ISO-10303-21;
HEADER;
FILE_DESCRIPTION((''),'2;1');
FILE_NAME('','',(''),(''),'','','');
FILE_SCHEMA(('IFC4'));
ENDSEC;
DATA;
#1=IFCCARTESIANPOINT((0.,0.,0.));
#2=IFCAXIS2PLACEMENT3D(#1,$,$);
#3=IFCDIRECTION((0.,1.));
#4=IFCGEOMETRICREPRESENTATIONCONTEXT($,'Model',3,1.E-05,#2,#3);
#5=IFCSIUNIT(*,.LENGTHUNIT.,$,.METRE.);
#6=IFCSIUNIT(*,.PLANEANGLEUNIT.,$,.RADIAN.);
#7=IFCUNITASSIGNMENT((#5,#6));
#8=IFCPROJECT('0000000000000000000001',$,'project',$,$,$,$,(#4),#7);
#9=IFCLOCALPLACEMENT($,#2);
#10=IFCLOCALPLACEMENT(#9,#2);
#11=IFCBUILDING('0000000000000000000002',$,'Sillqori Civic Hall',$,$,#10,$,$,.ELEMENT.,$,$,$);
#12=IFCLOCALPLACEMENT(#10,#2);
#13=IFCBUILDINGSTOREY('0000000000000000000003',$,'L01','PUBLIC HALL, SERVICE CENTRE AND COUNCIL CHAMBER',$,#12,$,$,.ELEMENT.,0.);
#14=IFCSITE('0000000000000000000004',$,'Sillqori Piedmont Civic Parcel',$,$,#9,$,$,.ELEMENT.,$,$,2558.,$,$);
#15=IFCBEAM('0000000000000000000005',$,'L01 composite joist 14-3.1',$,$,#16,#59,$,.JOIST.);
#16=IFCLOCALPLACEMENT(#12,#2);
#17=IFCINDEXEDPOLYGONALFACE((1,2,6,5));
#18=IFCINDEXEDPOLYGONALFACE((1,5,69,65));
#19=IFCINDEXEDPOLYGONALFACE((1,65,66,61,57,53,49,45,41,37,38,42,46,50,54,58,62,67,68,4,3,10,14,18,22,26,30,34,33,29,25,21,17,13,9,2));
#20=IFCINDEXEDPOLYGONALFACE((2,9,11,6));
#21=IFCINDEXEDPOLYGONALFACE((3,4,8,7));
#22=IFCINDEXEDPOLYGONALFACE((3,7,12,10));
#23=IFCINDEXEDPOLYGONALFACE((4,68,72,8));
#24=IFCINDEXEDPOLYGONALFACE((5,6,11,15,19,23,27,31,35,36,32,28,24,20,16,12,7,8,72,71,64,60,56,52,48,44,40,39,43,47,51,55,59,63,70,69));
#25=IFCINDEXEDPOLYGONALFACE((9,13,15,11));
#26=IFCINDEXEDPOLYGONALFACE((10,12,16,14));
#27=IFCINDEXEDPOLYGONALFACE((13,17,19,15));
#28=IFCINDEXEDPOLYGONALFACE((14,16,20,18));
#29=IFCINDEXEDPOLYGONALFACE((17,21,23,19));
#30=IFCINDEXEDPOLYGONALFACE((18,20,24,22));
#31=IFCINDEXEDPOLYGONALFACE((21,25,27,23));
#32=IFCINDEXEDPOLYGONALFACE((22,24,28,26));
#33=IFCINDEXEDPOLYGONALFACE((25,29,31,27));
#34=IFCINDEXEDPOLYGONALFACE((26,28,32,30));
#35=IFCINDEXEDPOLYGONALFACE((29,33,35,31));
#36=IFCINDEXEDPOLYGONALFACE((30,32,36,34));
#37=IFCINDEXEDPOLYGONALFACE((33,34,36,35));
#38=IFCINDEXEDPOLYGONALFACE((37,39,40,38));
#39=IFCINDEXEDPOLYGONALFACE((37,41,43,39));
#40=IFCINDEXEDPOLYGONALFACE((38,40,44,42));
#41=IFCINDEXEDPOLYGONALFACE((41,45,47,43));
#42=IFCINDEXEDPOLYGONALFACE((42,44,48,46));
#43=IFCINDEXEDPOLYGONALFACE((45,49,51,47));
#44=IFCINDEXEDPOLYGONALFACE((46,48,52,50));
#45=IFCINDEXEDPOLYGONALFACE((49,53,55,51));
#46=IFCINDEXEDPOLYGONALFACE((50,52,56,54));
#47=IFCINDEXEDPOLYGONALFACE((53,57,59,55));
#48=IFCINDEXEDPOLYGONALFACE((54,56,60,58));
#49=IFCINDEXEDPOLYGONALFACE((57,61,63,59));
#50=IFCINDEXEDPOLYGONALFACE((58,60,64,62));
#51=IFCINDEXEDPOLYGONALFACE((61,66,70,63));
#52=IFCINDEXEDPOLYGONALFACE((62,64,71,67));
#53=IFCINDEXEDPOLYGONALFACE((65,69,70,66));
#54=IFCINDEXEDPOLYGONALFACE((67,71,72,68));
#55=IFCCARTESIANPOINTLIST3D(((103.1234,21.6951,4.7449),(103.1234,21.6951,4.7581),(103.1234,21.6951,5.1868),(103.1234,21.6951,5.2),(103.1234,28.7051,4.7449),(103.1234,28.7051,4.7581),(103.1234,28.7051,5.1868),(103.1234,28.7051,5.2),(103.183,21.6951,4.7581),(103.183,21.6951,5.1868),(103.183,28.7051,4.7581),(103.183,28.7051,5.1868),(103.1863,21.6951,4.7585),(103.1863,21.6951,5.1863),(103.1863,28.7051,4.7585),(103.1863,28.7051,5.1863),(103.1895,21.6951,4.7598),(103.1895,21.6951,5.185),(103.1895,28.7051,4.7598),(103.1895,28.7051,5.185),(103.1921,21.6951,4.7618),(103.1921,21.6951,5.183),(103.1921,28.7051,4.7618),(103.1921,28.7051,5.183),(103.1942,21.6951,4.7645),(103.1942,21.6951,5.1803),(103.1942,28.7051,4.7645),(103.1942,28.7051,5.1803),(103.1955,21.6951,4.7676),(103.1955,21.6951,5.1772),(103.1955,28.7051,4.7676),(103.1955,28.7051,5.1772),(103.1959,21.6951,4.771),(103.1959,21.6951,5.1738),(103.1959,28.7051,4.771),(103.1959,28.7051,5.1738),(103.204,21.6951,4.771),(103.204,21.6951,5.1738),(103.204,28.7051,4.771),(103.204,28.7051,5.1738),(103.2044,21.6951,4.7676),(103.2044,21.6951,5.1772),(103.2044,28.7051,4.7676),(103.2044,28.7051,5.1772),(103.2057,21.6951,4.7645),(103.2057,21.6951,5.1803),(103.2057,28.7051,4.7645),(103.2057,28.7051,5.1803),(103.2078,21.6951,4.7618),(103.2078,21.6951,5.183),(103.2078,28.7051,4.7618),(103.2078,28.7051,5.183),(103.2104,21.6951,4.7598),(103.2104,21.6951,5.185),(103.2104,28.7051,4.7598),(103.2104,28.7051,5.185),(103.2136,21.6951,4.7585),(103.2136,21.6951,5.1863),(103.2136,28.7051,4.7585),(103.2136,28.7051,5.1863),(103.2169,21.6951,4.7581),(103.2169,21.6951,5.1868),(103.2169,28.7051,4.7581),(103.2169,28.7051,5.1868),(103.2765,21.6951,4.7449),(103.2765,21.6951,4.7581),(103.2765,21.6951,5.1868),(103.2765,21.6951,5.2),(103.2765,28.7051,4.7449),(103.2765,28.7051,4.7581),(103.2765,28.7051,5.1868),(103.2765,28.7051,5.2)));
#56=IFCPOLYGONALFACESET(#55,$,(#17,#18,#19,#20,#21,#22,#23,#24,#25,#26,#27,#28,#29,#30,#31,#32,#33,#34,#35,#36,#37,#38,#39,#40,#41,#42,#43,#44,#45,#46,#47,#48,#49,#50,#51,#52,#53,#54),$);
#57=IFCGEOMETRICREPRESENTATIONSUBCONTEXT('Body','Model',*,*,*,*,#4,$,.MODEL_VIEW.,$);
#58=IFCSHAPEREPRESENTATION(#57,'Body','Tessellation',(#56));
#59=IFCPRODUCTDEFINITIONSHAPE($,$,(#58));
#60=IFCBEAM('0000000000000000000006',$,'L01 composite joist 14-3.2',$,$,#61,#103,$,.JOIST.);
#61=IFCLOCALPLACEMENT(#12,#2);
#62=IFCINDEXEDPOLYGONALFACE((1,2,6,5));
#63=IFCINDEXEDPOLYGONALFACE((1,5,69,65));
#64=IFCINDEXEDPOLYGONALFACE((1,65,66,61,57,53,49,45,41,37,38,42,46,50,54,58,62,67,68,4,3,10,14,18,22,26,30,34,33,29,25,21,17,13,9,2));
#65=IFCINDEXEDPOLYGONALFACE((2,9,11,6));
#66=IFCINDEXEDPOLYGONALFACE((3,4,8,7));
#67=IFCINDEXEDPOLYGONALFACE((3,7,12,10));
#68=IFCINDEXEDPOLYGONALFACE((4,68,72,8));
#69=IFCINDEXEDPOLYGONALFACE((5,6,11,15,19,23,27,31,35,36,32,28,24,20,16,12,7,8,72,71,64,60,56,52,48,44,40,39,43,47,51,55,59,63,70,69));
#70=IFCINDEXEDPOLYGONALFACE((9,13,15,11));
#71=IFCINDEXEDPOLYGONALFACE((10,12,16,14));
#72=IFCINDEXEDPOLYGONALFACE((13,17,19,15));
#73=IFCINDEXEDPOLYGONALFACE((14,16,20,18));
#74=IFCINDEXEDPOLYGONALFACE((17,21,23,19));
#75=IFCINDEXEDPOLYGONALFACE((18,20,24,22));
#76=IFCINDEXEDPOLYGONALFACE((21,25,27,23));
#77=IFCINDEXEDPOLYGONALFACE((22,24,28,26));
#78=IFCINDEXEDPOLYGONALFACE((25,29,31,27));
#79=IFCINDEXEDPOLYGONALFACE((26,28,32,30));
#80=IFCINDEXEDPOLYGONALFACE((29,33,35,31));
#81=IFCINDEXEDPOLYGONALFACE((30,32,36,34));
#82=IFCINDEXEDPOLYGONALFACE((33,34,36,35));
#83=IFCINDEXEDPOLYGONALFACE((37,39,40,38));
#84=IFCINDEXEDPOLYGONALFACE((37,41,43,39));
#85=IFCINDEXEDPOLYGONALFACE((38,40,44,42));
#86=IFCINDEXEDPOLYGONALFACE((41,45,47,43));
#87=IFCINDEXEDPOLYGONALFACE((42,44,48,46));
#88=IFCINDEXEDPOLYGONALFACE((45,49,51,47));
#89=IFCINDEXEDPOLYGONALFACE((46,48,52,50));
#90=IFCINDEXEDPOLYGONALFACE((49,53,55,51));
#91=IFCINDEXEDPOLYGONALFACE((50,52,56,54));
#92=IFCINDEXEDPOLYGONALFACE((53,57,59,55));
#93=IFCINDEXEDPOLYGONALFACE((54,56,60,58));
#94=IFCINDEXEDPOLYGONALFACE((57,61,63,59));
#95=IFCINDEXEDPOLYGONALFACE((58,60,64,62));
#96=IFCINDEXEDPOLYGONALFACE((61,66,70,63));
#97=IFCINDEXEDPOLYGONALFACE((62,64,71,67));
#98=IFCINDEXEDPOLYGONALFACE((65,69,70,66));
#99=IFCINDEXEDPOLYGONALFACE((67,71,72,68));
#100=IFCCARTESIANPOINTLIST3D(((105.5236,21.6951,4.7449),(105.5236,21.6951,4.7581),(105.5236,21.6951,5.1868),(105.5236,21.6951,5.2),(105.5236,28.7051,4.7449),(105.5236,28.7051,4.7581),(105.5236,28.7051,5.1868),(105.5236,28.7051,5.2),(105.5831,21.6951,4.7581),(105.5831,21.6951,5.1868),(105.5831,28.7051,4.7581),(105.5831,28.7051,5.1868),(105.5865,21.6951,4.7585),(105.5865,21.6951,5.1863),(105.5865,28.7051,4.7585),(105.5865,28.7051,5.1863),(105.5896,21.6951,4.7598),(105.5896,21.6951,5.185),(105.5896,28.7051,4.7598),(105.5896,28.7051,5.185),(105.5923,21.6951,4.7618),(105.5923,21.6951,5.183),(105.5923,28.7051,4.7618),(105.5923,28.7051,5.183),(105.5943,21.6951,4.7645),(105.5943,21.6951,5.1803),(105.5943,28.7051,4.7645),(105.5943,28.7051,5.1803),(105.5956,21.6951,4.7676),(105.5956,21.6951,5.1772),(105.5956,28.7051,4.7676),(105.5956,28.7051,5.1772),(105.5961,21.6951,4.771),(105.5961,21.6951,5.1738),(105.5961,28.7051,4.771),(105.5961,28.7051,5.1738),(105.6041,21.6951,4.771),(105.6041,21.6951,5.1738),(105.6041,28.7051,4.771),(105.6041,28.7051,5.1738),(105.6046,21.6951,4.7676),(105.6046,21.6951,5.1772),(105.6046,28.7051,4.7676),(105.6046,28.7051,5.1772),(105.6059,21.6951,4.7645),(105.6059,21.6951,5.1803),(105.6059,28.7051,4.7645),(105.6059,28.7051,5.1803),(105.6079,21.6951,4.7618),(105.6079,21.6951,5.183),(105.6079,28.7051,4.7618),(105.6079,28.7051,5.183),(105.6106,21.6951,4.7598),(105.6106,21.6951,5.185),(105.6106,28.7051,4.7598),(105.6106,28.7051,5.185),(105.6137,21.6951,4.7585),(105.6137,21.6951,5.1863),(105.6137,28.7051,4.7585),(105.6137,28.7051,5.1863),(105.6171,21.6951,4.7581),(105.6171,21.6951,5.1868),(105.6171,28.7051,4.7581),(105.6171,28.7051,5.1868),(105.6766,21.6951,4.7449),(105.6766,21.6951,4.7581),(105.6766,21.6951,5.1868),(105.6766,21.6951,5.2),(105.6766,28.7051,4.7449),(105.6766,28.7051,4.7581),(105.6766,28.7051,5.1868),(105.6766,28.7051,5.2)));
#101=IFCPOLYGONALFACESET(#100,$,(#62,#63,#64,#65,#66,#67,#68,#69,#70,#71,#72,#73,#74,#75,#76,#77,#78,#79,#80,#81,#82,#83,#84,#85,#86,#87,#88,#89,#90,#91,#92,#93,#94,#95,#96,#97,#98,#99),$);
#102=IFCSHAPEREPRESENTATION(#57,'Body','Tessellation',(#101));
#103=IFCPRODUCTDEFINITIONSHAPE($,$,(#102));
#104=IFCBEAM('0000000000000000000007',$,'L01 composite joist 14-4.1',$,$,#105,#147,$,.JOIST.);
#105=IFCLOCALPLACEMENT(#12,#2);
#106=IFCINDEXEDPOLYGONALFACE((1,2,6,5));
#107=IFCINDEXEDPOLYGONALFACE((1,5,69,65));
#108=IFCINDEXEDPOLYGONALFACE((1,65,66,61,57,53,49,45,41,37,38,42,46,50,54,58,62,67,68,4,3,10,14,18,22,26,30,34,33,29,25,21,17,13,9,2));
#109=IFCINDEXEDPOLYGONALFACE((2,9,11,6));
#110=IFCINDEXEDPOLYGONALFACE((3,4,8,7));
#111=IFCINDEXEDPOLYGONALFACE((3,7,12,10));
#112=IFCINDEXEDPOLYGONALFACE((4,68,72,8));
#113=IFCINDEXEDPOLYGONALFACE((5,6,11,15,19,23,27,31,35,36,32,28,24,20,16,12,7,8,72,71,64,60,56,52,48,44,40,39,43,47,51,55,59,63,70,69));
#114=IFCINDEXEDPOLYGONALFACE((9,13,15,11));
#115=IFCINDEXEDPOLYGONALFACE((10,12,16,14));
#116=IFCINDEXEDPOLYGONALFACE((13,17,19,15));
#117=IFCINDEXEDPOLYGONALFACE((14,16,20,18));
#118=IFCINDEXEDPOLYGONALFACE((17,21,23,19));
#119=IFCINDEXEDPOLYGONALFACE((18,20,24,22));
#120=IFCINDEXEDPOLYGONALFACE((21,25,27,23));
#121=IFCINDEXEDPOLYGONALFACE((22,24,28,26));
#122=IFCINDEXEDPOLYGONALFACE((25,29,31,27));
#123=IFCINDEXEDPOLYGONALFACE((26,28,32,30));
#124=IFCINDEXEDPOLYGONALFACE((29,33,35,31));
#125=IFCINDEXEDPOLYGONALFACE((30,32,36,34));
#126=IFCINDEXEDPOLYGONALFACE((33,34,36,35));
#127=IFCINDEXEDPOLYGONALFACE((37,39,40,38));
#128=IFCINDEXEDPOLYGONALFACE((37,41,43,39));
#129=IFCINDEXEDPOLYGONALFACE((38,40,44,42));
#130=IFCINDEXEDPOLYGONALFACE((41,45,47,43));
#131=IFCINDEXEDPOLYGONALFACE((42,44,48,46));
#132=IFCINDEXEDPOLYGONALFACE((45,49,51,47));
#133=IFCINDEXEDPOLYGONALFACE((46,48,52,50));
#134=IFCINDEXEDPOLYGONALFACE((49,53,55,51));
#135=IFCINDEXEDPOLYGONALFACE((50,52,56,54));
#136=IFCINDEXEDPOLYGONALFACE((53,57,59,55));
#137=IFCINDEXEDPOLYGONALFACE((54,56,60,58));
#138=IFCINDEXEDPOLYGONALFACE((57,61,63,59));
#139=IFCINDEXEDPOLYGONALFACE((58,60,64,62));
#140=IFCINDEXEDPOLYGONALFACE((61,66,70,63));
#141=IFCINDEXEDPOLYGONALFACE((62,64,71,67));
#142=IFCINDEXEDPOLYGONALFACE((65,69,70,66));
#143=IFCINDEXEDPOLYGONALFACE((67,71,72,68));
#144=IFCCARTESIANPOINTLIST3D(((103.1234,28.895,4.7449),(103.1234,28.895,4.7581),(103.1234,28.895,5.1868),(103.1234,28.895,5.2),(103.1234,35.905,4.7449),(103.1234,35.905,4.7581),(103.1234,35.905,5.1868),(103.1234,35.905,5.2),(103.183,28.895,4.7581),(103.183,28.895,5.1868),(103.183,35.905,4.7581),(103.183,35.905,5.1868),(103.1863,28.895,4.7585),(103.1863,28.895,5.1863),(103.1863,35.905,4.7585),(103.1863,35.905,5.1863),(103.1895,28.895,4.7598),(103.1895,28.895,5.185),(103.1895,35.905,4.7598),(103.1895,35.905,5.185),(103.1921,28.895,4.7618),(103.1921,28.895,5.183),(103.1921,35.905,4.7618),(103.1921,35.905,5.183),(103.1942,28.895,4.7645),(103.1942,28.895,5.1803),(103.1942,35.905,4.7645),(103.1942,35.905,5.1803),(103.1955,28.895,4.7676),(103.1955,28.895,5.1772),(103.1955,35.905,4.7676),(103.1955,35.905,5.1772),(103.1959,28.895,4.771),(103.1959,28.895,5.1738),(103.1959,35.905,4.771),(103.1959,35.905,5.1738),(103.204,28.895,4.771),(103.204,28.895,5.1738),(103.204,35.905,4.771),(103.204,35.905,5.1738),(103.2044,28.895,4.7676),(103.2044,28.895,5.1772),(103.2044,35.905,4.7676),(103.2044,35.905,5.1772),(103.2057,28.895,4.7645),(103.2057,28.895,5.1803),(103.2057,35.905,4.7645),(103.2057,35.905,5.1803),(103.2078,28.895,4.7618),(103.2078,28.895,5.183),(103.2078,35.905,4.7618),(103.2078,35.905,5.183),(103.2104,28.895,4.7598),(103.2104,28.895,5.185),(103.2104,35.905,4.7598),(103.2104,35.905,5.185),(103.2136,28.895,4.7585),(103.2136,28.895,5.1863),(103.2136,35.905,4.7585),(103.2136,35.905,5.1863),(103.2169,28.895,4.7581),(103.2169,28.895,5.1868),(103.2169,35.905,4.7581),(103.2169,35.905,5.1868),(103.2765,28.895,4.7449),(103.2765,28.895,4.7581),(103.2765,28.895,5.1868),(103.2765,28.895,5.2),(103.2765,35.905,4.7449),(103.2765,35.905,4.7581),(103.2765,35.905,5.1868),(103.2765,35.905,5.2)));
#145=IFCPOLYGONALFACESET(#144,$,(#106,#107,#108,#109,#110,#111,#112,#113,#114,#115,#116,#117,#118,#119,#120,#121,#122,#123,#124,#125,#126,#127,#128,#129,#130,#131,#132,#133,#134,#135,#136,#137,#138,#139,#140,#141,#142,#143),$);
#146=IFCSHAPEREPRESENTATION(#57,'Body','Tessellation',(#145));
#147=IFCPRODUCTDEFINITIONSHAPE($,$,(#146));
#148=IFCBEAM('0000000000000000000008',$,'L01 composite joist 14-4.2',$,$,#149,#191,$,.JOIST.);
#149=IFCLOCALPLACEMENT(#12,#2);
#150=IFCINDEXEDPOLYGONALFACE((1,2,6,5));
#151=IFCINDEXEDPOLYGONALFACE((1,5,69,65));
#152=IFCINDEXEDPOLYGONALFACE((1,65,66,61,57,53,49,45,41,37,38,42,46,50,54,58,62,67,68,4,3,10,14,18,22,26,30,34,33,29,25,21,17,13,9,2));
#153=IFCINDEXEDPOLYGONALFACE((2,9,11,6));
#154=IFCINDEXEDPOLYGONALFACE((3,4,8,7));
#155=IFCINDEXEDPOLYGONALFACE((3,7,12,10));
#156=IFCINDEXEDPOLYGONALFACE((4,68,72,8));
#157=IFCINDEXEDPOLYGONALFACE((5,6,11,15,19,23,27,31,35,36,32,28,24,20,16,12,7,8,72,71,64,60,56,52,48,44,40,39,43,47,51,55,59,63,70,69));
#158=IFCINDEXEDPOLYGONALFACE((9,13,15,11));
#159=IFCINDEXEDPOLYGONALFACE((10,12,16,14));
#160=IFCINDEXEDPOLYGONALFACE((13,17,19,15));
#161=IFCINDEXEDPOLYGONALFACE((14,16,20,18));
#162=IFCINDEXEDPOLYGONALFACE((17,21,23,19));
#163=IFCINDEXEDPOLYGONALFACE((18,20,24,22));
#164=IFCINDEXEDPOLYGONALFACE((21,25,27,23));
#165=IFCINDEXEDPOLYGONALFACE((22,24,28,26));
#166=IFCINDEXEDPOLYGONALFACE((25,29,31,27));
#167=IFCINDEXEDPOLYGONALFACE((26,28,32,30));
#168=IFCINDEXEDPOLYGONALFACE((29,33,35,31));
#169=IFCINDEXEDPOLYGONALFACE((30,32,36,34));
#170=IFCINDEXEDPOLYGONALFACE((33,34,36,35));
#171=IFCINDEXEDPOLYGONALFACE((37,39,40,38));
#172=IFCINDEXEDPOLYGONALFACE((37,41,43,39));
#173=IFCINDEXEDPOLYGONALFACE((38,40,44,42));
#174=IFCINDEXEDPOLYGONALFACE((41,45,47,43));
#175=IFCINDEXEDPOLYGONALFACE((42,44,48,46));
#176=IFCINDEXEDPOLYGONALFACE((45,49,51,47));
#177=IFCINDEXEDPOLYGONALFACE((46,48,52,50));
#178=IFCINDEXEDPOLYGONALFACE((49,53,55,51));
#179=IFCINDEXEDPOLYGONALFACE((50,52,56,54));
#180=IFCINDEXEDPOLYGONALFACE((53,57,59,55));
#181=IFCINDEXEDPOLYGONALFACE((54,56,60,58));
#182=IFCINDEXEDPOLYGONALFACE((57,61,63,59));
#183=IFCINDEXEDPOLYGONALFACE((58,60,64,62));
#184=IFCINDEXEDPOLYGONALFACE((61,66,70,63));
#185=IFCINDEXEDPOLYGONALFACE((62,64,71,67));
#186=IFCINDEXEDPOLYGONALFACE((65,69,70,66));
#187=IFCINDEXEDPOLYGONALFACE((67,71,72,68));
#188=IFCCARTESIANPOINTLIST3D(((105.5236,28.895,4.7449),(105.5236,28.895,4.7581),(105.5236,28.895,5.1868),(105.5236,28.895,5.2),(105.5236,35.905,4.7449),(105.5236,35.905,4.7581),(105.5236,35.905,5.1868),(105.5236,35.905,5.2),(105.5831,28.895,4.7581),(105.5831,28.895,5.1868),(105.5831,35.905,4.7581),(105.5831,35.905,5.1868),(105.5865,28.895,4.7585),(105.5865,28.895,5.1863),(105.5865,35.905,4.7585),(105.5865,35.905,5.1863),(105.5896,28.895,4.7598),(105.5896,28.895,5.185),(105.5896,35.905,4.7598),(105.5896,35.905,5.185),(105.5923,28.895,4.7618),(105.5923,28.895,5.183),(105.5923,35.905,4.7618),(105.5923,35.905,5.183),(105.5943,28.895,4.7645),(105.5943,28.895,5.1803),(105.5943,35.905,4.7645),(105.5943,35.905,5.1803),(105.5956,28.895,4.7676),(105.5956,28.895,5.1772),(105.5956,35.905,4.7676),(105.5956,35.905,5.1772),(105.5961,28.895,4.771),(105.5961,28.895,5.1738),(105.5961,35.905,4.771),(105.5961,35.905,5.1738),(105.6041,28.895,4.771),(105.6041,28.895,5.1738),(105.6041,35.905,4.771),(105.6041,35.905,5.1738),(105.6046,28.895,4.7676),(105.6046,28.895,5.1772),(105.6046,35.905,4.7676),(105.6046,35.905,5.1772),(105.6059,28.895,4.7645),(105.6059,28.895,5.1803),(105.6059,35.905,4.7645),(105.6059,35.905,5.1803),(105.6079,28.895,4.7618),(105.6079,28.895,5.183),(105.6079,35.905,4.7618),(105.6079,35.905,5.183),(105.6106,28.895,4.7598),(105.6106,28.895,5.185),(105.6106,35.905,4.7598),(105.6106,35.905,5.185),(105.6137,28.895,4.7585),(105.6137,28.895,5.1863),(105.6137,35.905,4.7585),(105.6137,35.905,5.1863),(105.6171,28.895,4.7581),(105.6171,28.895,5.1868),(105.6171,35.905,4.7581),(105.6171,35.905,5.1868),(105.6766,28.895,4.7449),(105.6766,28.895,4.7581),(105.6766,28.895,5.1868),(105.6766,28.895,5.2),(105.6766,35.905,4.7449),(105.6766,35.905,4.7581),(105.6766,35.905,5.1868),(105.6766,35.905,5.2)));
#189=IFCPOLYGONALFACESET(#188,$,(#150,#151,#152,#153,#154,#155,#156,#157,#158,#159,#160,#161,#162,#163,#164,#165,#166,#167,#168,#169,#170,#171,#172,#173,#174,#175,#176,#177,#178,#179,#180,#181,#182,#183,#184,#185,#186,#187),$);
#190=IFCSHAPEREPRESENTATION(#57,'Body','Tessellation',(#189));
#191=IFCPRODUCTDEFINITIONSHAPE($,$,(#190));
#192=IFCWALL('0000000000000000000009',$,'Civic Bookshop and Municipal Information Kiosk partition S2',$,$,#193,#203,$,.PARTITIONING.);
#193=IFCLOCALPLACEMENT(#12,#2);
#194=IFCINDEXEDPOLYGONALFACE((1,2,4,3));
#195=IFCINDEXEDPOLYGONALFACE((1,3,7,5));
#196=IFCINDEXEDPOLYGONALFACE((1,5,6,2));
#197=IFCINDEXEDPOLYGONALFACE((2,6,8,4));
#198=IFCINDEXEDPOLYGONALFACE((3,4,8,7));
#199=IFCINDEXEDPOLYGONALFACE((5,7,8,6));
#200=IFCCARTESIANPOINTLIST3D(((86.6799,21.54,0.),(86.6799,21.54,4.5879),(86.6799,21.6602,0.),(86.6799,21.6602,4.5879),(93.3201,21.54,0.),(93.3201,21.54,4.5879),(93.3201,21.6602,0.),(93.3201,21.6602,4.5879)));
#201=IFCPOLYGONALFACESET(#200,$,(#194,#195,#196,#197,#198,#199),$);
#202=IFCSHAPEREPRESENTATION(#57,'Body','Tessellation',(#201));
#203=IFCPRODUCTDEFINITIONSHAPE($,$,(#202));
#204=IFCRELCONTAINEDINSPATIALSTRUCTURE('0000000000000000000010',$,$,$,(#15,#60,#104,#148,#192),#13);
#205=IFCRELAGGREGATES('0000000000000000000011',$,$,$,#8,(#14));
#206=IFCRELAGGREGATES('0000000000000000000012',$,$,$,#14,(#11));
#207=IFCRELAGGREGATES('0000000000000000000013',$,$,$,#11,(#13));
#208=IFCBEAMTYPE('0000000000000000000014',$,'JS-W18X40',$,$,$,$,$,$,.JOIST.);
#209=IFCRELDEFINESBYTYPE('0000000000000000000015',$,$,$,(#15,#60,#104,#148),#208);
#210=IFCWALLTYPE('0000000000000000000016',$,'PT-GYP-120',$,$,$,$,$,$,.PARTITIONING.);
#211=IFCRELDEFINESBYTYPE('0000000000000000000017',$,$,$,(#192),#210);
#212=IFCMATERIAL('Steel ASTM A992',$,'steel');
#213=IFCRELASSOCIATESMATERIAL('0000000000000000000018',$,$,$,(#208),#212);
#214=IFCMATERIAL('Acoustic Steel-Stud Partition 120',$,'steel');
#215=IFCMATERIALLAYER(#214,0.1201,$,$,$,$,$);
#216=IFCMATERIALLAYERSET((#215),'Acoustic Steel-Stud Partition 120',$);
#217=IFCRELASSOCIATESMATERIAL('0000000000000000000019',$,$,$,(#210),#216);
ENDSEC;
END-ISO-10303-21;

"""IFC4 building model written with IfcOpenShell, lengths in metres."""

from ifc_helpers import new_model, si_unit, direction, frame, frame_2d, origin, origin_2d, place, context, subcontext, project, spatial, rectangle, i_section, extrude, material, layer, layer_set, material_profile, profile_set, type_object, element, save


model = new_model("IFC4")

# Units and contexts
model_context = context("Model", 3, precision=1e-05, world=origin(), true_north=direction((0.0, 1.0)))
body_context = subcontext(model_context, "Body", "Model", "MODEL_VIEW")
ifc_project = project(units=[si_unit("LENGTHUNIT", "METRE"), si_unit("PLANEANGLEUNIT", "RADIAN")], contexts=[model_context])

# Site, building, storey
site_placement = place(None, origin())
site = spatial("IfcSite", under=ifc_project, at=site_placement, Name="Sillqori Piedmont Civic Parcel", CompositionType="ELEMENT", RefElevation=2558.0)
building_placement = place(site_placement, origin())
building = spatial("IfcBuilding", under=site, at=building_placement, Name="Sillqori Civic Hall", CompositionType="ELEMENT")
storey_placement = place(building_placement, origin())
storey = spatial("IfcBuildingStorey", under=building, at=storey_placement, Name="L01", Description="PUBLIC HALL, SERVICE CENTRE AND COUNCIL CHAMBER", CompositionType="ELEMENT", Elevation=0.0)

# Shared definitions
ifc_material_1 = material(Name="Steel ASTM A992", Category="steel")

# Beams
ifc_material_profile_1 = material_profile(ifc_material_1, i_section(OverallWidth=0.1531, OverallDepth=0.4551, WebThickness=0.0081, FlangeThickness=0.0132, FilletRadius=0.0129, at=origin_2d()), Name="W18X40")
ifc_profile_set_1 = profile_set([ifc_material_profile_1], Name="Steel ASTM A992")
beam_type_1 = type_object("IfcBeamType", Name="JS-W18X40", PredefinedType="JOIST", material=ifc_profile_set_1)
for number, where, z_axis, x_axis, name in (
    (1, (103.2, 21.6951, 4.9724), (0.0, 1.0, 0.0), (-1.0, 0.0, 0.0), "L01 composite joist 14-3.1"),
    (2, (105.6001, 21.6951, 4.9724), (0.0, 1.0, 0.0), (-1.0, 0.0, 0.0), "L01 composite joist 14-3.2"),
    (3, (103.2, 28.895, 4.9724), (0.0, 1.0, 0.0), (-1.0, 0.0, 0.0), "L01 composite joist 14-4.1"),
    (4, (105.6001, 28.895, 4.9724), (0.0, 1.0, 0.0), (-1.0, 0.0, 0.0), "L01 composite joist 14-4.2"),
):
    element("IfcBeam", number, at=place(storey_placement, frame(where, z_axis=z_axis, x_axis=x_axis)), inside=storey, type_object=beam_type_1, Name=name, PredefinedType="JOIST", context=body_context, shape_type="SweptSolid", body=[
        extrude(i_section(OverallWidth=0.1531, OverallDepth=0.4551, WebThickness=0.0081, FlangeThickness=0.0132, FilletRadius=0.0129, at=origin_2d()), origin(), (0.0, 0.0, 1.0), 7.01),
    ])

# Wall
ifc_material_2 = material(Name="Acoustic Steel-Stud Partition 120", Category="steel")
ifc_layer_1 = layer(ifc_material_2, 0.1201)
ifc_layer_set_1 = layer_set([ifc_layer_1], Name="Acoustic Steel-Stud Partition 120")
wall_type_1 = type_object("IfcWallType", Name="PT-GYP-120", PredefinedType="PARTITIONING", material=ifc_layer_set_1)
for number, where, z_axis, x_axis, name in (
    (5, (93.3201, 21.6001, 0.0), (0.0, 0.0, 1.0), (-1.0, 0.0, 0.0), "Civic Bookshop and Municipal Information Kiosk partition S2"),
):
    element("IfcWall", number, at=place(storey_placement, frame(where, z_axis=z_axis, x_axis=x_axis)), inside=storey, type_object=wall_type_1, Name=name, PredefinedType="PARTITIONING", context=body_context, shape_type="SweptSolid", body=[
        extrude(rectangle(XDim=6.6401, YDim=0.1201, at=frame_2d((3.3201, 0.0))), origin(), (0.0, 0.0, 1.0), 4.5879),
    ])

save(model, "model.ifc")
